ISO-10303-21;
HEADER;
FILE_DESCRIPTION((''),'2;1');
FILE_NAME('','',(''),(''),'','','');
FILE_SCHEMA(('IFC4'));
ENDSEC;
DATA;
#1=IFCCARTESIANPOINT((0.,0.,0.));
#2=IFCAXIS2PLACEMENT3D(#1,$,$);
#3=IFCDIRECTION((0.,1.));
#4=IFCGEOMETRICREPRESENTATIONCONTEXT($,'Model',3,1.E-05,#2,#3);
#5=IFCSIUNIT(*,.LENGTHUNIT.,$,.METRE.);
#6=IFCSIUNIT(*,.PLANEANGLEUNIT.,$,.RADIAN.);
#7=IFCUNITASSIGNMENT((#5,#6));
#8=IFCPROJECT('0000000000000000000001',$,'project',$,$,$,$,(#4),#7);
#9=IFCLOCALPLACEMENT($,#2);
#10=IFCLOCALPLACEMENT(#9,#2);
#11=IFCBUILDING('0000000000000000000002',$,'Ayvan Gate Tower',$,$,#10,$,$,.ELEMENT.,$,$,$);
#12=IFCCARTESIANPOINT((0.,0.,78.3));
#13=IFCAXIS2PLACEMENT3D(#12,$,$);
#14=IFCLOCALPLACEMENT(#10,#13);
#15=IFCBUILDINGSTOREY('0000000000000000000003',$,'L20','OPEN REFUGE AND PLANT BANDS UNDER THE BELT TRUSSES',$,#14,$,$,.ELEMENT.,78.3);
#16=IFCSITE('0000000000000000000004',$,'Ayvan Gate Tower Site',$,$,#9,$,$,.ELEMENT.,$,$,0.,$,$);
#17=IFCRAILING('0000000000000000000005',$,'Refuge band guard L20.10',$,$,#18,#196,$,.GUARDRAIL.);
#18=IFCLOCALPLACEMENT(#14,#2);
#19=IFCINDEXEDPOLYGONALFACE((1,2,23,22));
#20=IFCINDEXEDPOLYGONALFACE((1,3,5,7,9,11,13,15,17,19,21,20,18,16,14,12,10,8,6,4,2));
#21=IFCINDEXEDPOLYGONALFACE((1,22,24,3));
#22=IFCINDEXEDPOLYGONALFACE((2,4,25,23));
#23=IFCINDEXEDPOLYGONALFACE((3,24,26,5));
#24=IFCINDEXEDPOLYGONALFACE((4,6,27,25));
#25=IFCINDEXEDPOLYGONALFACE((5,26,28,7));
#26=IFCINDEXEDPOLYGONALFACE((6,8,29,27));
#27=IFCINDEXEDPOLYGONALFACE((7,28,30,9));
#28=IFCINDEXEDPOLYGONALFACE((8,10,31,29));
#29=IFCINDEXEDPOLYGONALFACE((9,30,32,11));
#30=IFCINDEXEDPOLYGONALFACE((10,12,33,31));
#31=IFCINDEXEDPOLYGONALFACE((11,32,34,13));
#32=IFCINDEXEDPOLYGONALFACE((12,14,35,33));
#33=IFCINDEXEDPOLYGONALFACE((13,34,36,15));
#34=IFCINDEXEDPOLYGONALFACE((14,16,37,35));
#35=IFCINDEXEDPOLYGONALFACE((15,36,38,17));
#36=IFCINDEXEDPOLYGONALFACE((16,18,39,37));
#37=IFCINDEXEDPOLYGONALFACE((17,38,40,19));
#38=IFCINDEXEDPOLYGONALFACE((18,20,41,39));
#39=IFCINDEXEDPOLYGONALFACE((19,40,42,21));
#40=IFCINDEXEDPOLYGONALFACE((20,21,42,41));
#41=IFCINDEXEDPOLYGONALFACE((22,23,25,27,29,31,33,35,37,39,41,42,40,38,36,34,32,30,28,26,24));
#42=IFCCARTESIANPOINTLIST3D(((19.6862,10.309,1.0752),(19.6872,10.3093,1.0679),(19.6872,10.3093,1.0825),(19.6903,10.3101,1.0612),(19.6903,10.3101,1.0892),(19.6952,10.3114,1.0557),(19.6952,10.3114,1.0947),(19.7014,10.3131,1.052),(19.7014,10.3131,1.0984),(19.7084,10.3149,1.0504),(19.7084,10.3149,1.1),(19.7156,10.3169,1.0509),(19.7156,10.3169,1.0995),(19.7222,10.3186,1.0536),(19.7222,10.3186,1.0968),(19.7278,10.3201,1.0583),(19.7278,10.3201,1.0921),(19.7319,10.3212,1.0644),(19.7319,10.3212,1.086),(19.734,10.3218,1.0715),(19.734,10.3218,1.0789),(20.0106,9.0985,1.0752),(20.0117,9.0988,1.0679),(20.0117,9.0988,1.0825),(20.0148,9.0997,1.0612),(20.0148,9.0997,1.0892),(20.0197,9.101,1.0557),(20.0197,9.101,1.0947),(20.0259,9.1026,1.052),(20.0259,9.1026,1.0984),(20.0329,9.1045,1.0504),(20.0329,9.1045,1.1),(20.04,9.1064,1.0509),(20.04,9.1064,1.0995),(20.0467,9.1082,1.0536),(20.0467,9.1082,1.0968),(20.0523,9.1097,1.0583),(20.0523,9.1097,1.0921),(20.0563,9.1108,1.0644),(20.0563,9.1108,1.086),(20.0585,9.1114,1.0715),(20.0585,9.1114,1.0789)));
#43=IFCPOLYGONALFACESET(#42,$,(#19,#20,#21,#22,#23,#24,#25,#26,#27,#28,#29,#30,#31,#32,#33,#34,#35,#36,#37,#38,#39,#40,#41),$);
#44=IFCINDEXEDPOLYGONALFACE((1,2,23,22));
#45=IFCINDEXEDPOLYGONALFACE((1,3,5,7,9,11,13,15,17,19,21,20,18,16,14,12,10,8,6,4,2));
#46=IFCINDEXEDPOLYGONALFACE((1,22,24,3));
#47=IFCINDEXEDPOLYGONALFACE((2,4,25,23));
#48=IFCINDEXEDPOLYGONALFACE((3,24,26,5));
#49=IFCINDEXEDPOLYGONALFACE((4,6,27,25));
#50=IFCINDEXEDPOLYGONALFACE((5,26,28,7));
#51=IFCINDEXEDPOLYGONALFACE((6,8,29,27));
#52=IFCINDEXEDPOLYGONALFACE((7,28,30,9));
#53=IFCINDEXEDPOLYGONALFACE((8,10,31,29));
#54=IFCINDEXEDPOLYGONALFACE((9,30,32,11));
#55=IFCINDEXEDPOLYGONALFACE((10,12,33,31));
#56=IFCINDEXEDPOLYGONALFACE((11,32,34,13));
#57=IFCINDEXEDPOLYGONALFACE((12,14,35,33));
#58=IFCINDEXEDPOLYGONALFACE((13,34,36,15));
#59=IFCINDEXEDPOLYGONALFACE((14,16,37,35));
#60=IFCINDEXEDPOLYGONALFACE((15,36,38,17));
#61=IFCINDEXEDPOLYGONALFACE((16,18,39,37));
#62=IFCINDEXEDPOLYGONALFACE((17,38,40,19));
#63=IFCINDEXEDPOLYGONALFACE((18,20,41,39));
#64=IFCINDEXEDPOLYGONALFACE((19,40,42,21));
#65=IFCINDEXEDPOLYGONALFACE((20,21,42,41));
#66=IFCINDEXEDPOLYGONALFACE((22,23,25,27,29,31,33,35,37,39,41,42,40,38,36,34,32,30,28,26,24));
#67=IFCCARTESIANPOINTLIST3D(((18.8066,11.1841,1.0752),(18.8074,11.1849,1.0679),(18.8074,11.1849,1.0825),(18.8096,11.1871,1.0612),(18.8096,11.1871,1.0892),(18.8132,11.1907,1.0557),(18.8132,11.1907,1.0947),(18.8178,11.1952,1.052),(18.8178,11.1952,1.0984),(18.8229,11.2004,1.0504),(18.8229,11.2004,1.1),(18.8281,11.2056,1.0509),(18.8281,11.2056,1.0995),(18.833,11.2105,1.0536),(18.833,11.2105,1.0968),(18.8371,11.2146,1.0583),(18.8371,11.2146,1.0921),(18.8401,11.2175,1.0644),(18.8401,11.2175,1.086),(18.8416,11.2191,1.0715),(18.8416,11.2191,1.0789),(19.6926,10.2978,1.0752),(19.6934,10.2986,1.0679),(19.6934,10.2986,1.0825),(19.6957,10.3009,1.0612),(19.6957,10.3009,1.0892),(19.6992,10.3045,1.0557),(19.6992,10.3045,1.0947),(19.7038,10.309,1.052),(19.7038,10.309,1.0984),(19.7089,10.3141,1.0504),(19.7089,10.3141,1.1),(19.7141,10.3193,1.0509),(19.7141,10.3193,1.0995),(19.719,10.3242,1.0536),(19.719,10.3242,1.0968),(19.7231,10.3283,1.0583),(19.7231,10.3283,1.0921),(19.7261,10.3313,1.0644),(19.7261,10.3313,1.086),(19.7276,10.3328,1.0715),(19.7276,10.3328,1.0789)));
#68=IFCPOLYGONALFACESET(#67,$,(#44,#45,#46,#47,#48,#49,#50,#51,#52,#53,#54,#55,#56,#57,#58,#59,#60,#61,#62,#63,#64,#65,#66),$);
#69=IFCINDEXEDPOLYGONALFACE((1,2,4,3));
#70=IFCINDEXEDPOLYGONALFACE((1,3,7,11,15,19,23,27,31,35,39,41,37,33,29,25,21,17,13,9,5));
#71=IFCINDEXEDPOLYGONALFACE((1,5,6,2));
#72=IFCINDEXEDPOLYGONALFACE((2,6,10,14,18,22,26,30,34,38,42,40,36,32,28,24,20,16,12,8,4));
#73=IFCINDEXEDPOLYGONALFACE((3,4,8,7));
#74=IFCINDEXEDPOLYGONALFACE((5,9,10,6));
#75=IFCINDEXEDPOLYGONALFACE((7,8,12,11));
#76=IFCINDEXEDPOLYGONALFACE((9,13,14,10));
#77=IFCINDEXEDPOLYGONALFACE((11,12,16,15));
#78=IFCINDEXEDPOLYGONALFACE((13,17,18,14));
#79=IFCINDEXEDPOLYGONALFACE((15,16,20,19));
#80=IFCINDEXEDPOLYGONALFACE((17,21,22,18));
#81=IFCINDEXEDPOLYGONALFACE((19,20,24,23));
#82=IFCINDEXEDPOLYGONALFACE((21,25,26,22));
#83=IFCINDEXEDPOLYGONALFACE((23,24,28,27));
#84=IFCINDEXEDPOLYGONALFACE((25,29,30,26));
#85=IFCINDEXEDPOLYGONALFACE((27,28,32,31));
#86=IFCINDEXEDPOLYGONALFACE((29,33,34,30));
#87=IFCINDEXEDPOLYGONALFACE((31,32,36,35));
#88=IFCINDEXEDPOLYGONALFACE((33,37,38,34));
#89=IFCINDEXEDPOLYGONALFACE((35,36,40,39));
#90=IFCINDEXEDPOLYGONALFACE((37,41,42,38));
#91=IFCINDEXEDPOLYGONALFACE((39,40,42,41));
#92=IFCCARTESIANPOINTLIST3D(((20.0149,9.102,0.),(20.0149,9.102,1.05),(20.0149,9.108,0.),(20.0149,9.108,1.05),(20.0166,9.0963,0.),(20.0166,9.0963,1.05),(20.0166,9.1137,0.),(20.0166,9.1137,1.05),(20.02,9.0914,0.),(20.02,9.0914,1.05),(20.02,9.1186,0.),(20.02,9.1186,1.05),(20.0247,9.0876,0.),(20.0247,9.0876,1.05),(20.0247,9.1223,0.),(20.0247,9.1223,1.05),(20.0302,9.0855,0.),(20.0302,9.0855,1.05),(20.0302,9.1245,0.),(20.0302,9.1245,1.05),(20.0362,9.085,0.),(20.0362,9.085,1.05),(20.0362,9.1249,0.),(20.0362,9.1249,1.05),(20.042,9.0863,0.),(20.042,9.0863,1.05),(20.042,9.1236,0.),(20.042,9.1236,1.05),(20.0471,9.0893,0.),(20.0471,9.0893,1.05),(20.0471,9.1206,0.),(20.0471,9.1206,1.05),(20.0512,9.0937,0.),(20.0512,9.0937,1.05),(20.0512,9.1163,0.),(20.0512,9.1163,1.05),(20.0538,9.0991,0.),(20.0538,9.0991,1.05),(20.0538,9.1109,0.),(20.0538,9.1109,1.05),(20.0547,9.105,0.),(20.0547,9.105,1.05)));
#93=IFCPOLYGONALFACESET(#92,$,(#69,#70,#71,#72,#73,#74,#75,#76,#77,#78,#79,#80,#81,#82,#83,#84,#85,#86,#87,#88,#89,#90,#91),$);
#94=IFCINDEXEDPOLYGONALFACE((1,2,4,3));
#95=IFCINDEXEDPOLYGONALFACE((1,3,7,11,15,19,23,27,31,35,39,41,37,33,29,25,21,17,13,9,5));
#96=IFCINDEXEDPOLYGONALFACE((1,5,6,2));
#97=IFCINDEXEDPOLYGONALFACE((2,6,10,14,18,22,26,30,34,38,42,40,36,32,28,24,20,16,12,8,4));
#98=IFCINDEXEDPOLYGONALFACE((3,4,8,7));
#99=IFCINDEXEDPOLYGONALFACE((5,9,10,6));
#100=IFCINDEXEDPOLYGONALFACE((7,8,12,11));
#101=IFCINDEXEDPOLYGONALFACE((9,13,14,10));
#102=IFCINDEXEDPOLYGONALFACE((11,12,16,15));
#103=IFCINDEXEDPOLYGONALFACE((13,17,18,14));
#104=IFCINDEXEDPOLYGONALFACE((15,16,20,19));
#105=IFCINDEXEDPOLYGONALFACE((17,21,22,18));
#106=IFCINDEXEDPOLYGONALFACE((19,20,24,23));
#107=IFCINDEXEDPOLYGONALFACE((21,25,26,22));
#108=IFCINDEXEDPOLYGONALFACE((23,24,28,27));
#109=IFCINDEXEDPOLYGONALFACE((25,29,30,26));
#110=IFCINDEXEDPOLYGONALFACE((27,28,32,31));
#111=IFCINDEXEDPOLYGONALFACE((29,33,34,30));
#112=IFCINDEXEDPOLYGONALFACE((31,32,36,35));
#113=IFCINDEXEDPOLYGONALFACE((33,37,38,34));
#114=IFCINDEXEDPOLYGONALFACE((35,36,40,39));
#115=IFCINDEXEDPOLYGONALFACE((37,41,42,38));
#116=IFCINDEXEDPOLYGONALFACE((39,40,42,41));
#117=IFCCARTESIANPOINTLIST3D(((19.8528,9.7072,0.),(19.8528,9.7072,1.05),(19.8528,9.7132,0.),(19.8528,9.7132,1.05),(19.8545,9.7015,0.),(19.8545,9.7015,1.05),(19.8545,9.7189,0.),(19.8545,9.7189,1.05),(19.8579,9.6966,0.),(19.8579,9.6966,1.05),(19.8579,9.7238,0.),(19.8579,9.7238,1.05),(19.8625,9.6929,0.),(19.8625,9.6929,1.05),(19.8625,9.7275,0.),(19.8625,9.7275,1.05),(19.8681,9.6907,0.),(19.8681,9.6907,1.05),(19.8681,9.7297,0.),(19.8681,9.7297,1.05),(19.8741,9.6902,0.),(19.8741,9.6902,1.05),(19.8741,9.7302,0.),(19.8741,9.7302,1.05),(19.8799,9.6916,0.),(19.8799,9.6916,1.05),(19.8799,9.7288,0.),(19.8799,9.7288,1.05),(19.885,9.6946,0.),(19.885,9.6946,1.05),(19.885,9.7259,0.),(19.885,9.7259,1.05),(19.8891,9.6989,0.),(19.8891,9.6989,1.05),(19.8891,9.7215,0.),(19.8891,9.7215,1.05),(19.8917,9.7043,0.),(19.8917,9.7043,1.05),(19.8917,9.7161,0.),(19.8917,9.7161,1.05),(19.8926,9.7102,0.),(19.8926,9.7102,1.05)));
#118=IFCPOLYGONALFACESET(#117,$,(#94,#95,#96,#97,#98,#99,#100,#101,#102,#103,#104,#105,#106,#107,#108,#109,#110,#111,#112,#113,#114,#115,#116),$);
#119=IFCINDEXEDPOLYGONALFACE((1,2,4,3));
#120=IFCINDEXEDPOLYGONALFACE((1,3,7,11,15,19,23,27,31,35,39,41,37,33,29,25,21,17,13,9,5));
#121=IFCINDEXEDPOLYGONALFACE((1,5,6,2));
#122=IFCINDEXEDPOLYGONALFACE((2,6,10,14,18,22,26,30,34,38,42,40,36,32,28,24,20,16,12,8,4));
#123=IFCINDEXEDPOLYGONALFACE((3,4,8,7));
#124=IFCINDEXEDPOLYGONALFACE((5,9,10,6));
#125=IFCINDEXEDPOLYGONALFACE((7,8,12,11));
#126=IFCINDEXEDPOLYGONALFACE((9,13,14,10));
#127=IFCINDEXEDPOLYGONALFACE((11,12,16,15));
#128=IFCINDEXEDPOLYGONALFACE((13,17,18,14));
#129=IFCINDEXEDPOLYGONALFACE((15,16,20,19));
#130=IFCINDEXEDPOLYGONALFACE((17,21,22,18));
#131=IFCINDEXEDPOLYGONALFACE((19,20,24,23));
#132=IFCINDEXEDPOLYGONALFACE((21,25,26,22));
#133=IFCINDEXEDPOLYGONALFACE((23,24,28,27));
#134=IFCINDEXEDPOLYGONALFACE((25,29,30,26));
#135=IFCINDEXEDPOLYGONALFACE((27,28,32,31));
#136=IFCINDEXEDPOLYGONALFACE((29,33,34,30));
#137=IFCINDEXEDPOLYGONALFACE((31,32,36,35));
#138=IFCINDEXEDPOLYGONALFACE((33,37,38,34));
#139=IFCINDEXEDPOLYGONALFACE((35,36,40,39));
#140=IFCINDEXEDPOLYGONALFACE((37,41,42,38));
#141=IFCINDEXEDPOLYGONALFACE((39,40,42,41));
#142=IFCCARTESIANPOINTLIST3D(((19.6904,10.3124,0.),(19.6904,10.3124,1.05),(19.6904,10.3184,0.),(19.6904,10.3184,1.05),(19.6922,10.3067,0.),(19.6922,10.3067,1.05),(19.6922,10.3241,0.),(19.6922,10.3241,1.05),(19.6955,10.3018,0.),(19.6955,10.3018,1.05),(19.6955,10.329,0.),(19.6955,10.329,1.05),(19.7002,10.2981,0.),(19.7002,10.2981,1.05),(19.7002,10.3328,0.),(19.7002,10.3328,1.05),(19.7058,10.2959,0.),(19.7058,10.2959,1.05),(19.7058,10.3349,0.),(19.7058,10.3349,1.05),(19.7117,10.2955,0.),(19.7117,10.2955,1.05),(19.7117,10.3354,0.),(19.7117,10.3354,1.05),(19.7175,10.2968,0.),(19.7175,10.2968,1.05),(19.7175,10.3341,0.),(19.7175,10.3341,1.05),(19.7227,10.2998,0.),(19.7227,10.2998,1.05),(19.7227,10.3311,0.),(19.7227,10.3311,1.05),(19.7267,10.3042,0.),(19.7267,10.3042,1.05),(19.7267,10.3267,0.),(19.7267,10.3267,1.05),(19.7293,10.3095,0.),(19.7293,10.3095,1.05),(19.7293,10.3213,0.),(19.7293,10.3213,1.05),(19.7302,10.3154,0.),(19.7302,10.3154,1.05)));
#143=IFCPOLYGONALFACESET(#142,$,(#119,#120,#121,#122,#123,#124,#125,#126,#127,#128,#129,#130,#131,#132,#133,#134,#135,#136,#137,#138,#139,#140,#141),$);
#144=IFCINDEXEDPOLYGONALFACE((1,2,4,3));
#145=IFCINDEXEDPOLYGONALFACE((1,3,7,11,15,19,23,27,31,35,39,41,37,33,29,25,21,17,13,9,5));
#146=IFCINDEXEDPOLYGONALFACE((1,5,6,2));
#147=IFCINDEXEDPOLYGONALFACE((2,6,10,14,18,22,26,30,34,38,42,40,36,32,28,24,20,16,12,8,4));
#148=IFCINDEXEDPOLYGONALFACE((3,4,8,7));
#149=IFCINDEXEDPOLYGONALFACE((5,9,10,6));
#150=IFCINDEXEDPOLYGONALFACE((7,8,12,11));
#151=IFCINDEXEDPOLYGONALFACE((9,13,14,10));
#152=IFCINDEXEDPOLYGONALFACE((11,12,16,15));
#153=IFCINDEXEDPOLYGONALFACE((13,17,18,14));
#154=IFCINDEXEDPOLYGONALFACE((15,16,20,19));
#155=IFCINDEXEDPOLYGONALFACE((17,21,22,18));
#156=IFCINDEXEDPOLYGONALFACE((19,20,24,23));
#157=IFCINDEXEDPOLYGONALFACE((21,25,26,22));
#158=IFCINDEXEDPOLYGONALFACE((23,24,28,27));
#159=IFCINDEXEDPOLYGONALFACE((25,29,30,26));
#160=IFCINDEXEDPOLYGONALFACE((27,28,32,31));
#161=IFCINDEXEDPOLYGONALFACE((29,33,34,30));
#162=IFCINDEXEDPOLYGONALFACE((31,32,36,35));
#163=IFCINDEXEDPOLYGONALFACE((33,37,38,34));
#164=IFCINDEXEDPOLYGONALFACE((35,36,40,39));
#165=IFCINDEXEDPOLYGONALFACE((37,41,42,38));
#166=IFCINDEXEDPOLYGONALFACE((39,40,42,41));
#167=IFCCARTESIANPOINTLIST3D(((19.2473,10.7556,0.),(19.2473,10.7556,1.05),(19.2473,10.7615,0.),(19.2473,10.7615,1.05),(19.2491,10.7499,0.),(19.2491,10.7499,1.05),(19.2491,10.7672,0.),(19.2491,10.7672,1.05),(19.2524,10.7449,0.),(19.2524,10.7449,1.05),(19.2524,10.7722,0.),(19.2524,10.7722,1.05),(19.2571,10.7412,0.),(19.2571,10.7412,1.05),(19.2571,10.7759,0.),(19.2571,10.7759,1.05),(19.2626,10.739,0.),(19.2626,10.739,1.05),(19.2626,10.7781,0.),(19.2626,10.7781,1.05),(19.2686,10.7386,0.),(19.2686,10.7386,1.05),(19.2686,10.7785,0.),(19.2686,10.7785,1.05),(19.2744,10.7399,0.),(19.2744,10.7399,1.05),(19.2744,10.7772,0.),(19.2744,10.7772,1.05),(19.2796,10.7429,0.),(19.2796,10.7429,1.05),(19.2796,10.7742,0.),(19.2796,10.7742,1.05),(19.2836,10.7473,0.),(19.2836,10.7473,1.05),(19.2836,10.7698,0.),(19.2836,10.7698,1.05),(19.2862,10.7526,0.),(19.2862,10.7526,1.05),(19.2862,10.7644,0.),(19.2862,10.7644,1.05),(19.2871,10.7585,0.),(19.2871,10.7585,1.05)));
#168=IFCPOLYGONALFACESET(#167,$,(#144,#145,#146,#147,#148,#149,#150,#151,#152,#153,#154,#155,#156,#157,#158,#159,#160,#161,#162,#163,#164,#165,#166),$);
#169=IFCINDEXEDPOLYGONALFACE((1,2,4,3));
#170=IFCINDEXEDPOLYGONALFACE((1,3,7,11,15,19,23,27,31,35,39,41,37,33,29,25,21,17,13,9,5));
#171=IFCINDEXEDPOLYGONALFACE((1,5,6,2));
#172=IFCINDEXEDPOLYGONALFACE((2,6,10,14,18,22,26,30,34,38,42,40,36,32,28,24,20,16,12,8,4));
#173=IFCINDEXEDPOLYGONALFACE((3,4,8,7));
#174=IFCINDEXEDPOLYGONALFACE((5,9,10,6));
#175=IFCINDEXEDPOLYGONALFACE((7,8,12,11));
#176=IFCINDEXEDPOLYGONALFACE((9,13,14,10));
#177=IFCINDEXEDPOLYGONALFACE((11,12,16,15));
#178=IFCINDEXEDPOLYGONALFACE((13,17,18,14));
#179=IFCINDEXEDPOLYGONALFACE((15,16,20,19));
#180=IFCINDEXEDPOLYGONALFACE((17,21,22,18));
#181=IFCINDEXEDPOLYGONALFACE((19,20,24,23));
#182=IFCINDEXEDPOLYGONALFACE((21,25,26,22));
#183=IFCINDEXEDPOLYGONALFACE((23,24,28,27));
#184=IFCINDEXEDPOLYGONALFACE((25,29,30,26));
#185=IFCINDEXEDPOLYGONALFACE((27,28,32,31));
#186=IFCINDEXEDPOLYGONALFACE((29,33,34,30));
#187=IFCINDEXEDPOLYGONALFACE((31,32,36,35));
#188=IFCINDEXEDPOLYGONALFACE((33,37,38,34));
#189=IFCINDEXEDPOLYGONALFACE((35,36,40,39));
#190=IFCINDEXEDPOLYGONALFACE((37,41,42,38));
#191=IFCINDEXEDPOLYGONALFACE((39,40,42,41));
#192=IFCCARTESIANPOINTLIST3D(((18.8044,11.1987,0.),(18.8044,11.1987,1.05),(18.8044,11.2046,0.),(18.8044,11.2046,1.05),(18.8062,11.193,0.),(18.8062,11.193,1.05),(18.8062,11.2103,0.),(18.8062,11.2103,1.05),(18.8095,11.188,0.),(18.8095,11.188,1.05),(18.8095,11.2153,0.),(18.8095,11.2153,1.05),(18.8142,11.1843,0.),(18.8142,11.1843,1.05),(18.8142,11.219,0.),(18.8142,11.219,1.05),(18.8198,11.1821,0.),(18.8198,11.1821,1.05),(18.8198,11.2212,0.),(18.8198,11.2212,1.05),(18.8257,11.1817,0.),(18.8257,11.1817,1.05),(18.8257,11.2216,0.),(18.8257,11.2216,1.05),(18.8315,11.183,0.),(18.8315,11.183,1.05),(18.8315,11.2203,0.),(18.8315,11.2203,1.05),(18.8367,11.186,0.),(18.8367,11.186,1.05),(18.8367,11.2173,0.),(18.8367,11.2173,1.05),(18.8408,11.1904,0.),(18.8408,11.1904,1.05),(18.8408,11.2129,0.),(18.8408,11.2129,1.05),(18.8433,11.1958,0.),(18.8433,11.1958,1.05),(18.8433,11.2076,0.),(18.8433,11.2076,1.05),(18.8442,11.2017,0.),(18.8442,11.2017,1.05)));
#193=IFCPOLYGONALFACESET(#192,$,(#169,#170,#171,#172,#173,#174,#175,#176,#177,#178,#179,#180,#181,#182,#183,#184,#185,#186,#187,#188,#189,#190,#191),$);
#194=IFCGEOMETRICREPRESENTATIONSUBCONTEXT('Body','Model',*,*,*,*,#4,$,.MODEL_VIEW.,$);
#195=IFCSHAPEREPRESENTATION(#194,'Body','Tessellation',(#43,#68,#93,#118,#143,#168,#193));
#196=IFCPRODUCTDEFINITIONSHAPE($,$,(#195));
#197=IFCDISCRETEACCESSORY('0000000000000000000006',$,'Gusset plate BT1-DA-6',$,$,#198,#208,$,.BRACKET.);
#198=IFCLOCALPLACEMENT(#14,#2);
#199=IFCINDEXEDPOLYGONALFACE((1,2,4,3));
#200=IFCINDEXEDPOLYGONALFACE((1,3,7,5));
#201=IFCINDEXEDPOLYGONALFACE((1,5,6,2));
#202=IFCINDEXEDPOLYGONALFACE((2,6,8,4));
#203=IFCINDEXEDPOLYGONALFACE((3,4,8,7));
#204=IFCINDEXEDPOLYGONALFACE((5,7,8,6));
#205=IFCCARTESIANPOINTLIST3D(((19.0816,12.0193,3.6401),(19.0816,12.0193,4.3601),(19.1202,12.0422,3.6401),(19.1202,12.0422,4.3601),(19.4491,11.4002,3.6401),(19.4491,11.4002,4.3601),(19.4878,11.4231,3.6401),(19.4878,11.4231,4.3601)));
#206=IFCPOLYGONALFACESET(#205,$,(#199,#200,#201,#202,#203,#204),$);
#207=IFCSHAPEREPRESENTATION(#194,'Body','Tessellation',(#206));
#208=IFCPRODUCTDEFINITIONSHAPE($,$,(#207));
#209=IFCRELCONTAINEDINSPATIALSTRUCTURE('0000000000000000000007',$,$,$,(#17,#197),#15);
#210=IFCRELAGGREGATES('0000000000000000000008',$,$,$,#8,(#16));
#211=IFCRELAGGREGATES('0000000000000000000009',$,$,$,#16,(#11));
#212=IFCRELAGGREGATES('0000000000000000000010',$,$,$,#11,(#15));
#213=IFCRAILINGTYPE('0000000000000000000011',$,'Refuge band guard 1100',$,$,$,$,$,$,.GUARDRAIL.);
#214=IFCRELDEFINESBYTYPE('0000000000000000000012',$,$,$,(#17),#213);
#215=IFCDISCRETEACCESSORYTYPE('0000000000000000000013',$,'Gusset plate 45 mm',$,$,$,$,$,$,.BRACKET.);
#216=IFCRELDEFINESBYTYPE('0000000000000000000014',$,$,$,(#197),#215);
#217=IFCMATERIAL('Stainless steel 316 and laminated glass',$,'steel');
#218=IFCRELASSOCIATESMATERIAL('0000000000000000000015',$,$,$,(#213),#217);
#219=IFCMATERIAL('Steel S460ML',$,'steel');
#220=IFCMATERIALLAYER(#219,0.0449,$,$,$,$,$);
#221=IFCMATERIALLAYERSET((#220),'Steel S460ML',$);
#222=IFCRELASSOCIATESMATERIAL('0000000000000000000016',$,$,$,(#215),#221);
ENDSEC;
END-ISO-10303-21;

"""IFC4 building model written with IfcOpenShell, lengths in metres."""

from ifc_helpers import new_model, si_unit, direction, frame, origin, origin_2d, place, context, subcontext, project, spatial, rectangle, circle, extrude, material, layer, layer_set, type_object, element, save


model = new_model("IFC4")

# Units and contexts
model_context = context("Model", 3, precision=1e-05, world=origin(), true_north=direction((0.0, 1.0)))
body_context = subcontext(model_context, "Body", "Model", "MODEL_VIEW")
ifc_project = project(units=[si_unit("LENGTHUNIT", "METRE"), si_unit("PLANEANGLEUNIT", "RADIAN")], contexts=[model_context])

# Site, building, storey
site_placement = place(None, origin())
site = spatial("IfcSite", under=ifc_project, at=site_placement, Name="Ayvan Gate Tower Site", CompositionType="ELEMENT", RefElevation=0.0)
building_placement = place(site_placement, origin())
building = spatial("IfcBuilding", under=site, at=building_placement, Name="Ayvan Gate Tower", CompositionType="ELEMENT")
storey_placement = place(building_placement, frame((0.0, 0.0, 78.3)))
storey = spatial("IfcBuildingStorey", under=building, at=storey_placement, Name="L20", Description="OPEN REFUGE AND PLANT BANDS UNDER THE BELT TRUSSES", CompositionType="ELEMENT", Elevation=78.3)

# Shared definitions
ifc_material_1 = material(Name="Steel S460ML", Category="steel")

# Railing
ifc_material_2 = material(Name="Stainless steel 316 and laminated glass", Category="steel")
railing_type = type_object("IfcRailingType", Name="Refuge band guard 1100", PredefinedType="GUARDRAIL", material=ifc_material_2)
railing_1_placement = place(storey_placement, frame((20.0347, 9.105, 0.0)))
element("IfcRailing", 1, at=railing_1_placement, inside=storey, type_object=railing_type, Name="Refuge band guard L20.10", PredefinedType="GUARDRAIL", context=body_context, shape_type="SweptSolid", body=[
    extrude(circle(Radius=0.0249, at=origin_2d()), frame((0.0, 0.0, 1.0752), z_axis=(-0.258911, 0.965901, 0.0), x_axis=(-0.965901, -0.258911, 0.0)), (0.0, 0.0, 1.0), 1.2532),
    extrude(circle(Radius=0.0249, at=origin_2d()), frame((-0.3245, 1.2104, 1.0752), z_axis=(-0.707009, 0.707204, 0.0), x_axis=(-0.707204, -0.707009, 0.0)), (0.0, 0.0, 1.0), 1.2532),
    extrude(circle(Radius=0.02, at=origin_2d()), origin(), (0.0, 0.0, 1.0), 1.05),
    extrude(circle(Radius=0.02, at=origin_2d()), frame((-0.1621, 0.6052, 0.0)), (0.0, 0.0, 1.0), 1.05),
    extrude(circle(Radius=0.02, at=origin_2d()), frame((-0.3245, 1.2104, 0.0)), (0.0, 0.0, 1.0), 1.05),
    extrude(circle(Radius=0.02, at=origin_2d()), frame((-0.7676, 1.6536, 0.0)), (0.0, 0.0, 1.0), 1.05),
    extrude(circle(Radius=0.02, at=origin_2d()), frame((-1.2104, 2.0967, 0.0)), (0.0, 0.0, 1.0), 1.05),
])

# Discrete accessory
ifc_layer_1 = layer(ifc_material_1, 0.0449)
ifc_layer_set_1 = layer_set([ifc_layer_1], Name="Steel S460ML")
discrete_accessory_type = type_object("IfcDiscreteAccessoryType", Name="Gusset plate 45 mm", PredefinedType="BRACKET", material=ifc_layer_set_1)
for number, where, z_axis, x_axis, name in (
    (2, (19.2847, 11.7212, 3.6401), (0.0, 0.0, 1.0), (-0.510507, 0.859874, 0.0), "Gusset plate BT1-DA-6"),
):
    element("IfcDiscreteAccessory", number, at=place(storey_placement, frame(where, z_axis=z_axis, x_axis=x_axis)), inside=storey, type_object=discrete_accessory_type, Name=name, PredefinedType="BRACKET", context=body_context, shape_type="SweptSolid", body=[
        extrude(rectangle(XDim=0.72, YDim=0.0449, at=origin_2d()), origin(), (0.0, 0.0, 1.0), 0.72),
    ])

save(model, "model.ifc")
